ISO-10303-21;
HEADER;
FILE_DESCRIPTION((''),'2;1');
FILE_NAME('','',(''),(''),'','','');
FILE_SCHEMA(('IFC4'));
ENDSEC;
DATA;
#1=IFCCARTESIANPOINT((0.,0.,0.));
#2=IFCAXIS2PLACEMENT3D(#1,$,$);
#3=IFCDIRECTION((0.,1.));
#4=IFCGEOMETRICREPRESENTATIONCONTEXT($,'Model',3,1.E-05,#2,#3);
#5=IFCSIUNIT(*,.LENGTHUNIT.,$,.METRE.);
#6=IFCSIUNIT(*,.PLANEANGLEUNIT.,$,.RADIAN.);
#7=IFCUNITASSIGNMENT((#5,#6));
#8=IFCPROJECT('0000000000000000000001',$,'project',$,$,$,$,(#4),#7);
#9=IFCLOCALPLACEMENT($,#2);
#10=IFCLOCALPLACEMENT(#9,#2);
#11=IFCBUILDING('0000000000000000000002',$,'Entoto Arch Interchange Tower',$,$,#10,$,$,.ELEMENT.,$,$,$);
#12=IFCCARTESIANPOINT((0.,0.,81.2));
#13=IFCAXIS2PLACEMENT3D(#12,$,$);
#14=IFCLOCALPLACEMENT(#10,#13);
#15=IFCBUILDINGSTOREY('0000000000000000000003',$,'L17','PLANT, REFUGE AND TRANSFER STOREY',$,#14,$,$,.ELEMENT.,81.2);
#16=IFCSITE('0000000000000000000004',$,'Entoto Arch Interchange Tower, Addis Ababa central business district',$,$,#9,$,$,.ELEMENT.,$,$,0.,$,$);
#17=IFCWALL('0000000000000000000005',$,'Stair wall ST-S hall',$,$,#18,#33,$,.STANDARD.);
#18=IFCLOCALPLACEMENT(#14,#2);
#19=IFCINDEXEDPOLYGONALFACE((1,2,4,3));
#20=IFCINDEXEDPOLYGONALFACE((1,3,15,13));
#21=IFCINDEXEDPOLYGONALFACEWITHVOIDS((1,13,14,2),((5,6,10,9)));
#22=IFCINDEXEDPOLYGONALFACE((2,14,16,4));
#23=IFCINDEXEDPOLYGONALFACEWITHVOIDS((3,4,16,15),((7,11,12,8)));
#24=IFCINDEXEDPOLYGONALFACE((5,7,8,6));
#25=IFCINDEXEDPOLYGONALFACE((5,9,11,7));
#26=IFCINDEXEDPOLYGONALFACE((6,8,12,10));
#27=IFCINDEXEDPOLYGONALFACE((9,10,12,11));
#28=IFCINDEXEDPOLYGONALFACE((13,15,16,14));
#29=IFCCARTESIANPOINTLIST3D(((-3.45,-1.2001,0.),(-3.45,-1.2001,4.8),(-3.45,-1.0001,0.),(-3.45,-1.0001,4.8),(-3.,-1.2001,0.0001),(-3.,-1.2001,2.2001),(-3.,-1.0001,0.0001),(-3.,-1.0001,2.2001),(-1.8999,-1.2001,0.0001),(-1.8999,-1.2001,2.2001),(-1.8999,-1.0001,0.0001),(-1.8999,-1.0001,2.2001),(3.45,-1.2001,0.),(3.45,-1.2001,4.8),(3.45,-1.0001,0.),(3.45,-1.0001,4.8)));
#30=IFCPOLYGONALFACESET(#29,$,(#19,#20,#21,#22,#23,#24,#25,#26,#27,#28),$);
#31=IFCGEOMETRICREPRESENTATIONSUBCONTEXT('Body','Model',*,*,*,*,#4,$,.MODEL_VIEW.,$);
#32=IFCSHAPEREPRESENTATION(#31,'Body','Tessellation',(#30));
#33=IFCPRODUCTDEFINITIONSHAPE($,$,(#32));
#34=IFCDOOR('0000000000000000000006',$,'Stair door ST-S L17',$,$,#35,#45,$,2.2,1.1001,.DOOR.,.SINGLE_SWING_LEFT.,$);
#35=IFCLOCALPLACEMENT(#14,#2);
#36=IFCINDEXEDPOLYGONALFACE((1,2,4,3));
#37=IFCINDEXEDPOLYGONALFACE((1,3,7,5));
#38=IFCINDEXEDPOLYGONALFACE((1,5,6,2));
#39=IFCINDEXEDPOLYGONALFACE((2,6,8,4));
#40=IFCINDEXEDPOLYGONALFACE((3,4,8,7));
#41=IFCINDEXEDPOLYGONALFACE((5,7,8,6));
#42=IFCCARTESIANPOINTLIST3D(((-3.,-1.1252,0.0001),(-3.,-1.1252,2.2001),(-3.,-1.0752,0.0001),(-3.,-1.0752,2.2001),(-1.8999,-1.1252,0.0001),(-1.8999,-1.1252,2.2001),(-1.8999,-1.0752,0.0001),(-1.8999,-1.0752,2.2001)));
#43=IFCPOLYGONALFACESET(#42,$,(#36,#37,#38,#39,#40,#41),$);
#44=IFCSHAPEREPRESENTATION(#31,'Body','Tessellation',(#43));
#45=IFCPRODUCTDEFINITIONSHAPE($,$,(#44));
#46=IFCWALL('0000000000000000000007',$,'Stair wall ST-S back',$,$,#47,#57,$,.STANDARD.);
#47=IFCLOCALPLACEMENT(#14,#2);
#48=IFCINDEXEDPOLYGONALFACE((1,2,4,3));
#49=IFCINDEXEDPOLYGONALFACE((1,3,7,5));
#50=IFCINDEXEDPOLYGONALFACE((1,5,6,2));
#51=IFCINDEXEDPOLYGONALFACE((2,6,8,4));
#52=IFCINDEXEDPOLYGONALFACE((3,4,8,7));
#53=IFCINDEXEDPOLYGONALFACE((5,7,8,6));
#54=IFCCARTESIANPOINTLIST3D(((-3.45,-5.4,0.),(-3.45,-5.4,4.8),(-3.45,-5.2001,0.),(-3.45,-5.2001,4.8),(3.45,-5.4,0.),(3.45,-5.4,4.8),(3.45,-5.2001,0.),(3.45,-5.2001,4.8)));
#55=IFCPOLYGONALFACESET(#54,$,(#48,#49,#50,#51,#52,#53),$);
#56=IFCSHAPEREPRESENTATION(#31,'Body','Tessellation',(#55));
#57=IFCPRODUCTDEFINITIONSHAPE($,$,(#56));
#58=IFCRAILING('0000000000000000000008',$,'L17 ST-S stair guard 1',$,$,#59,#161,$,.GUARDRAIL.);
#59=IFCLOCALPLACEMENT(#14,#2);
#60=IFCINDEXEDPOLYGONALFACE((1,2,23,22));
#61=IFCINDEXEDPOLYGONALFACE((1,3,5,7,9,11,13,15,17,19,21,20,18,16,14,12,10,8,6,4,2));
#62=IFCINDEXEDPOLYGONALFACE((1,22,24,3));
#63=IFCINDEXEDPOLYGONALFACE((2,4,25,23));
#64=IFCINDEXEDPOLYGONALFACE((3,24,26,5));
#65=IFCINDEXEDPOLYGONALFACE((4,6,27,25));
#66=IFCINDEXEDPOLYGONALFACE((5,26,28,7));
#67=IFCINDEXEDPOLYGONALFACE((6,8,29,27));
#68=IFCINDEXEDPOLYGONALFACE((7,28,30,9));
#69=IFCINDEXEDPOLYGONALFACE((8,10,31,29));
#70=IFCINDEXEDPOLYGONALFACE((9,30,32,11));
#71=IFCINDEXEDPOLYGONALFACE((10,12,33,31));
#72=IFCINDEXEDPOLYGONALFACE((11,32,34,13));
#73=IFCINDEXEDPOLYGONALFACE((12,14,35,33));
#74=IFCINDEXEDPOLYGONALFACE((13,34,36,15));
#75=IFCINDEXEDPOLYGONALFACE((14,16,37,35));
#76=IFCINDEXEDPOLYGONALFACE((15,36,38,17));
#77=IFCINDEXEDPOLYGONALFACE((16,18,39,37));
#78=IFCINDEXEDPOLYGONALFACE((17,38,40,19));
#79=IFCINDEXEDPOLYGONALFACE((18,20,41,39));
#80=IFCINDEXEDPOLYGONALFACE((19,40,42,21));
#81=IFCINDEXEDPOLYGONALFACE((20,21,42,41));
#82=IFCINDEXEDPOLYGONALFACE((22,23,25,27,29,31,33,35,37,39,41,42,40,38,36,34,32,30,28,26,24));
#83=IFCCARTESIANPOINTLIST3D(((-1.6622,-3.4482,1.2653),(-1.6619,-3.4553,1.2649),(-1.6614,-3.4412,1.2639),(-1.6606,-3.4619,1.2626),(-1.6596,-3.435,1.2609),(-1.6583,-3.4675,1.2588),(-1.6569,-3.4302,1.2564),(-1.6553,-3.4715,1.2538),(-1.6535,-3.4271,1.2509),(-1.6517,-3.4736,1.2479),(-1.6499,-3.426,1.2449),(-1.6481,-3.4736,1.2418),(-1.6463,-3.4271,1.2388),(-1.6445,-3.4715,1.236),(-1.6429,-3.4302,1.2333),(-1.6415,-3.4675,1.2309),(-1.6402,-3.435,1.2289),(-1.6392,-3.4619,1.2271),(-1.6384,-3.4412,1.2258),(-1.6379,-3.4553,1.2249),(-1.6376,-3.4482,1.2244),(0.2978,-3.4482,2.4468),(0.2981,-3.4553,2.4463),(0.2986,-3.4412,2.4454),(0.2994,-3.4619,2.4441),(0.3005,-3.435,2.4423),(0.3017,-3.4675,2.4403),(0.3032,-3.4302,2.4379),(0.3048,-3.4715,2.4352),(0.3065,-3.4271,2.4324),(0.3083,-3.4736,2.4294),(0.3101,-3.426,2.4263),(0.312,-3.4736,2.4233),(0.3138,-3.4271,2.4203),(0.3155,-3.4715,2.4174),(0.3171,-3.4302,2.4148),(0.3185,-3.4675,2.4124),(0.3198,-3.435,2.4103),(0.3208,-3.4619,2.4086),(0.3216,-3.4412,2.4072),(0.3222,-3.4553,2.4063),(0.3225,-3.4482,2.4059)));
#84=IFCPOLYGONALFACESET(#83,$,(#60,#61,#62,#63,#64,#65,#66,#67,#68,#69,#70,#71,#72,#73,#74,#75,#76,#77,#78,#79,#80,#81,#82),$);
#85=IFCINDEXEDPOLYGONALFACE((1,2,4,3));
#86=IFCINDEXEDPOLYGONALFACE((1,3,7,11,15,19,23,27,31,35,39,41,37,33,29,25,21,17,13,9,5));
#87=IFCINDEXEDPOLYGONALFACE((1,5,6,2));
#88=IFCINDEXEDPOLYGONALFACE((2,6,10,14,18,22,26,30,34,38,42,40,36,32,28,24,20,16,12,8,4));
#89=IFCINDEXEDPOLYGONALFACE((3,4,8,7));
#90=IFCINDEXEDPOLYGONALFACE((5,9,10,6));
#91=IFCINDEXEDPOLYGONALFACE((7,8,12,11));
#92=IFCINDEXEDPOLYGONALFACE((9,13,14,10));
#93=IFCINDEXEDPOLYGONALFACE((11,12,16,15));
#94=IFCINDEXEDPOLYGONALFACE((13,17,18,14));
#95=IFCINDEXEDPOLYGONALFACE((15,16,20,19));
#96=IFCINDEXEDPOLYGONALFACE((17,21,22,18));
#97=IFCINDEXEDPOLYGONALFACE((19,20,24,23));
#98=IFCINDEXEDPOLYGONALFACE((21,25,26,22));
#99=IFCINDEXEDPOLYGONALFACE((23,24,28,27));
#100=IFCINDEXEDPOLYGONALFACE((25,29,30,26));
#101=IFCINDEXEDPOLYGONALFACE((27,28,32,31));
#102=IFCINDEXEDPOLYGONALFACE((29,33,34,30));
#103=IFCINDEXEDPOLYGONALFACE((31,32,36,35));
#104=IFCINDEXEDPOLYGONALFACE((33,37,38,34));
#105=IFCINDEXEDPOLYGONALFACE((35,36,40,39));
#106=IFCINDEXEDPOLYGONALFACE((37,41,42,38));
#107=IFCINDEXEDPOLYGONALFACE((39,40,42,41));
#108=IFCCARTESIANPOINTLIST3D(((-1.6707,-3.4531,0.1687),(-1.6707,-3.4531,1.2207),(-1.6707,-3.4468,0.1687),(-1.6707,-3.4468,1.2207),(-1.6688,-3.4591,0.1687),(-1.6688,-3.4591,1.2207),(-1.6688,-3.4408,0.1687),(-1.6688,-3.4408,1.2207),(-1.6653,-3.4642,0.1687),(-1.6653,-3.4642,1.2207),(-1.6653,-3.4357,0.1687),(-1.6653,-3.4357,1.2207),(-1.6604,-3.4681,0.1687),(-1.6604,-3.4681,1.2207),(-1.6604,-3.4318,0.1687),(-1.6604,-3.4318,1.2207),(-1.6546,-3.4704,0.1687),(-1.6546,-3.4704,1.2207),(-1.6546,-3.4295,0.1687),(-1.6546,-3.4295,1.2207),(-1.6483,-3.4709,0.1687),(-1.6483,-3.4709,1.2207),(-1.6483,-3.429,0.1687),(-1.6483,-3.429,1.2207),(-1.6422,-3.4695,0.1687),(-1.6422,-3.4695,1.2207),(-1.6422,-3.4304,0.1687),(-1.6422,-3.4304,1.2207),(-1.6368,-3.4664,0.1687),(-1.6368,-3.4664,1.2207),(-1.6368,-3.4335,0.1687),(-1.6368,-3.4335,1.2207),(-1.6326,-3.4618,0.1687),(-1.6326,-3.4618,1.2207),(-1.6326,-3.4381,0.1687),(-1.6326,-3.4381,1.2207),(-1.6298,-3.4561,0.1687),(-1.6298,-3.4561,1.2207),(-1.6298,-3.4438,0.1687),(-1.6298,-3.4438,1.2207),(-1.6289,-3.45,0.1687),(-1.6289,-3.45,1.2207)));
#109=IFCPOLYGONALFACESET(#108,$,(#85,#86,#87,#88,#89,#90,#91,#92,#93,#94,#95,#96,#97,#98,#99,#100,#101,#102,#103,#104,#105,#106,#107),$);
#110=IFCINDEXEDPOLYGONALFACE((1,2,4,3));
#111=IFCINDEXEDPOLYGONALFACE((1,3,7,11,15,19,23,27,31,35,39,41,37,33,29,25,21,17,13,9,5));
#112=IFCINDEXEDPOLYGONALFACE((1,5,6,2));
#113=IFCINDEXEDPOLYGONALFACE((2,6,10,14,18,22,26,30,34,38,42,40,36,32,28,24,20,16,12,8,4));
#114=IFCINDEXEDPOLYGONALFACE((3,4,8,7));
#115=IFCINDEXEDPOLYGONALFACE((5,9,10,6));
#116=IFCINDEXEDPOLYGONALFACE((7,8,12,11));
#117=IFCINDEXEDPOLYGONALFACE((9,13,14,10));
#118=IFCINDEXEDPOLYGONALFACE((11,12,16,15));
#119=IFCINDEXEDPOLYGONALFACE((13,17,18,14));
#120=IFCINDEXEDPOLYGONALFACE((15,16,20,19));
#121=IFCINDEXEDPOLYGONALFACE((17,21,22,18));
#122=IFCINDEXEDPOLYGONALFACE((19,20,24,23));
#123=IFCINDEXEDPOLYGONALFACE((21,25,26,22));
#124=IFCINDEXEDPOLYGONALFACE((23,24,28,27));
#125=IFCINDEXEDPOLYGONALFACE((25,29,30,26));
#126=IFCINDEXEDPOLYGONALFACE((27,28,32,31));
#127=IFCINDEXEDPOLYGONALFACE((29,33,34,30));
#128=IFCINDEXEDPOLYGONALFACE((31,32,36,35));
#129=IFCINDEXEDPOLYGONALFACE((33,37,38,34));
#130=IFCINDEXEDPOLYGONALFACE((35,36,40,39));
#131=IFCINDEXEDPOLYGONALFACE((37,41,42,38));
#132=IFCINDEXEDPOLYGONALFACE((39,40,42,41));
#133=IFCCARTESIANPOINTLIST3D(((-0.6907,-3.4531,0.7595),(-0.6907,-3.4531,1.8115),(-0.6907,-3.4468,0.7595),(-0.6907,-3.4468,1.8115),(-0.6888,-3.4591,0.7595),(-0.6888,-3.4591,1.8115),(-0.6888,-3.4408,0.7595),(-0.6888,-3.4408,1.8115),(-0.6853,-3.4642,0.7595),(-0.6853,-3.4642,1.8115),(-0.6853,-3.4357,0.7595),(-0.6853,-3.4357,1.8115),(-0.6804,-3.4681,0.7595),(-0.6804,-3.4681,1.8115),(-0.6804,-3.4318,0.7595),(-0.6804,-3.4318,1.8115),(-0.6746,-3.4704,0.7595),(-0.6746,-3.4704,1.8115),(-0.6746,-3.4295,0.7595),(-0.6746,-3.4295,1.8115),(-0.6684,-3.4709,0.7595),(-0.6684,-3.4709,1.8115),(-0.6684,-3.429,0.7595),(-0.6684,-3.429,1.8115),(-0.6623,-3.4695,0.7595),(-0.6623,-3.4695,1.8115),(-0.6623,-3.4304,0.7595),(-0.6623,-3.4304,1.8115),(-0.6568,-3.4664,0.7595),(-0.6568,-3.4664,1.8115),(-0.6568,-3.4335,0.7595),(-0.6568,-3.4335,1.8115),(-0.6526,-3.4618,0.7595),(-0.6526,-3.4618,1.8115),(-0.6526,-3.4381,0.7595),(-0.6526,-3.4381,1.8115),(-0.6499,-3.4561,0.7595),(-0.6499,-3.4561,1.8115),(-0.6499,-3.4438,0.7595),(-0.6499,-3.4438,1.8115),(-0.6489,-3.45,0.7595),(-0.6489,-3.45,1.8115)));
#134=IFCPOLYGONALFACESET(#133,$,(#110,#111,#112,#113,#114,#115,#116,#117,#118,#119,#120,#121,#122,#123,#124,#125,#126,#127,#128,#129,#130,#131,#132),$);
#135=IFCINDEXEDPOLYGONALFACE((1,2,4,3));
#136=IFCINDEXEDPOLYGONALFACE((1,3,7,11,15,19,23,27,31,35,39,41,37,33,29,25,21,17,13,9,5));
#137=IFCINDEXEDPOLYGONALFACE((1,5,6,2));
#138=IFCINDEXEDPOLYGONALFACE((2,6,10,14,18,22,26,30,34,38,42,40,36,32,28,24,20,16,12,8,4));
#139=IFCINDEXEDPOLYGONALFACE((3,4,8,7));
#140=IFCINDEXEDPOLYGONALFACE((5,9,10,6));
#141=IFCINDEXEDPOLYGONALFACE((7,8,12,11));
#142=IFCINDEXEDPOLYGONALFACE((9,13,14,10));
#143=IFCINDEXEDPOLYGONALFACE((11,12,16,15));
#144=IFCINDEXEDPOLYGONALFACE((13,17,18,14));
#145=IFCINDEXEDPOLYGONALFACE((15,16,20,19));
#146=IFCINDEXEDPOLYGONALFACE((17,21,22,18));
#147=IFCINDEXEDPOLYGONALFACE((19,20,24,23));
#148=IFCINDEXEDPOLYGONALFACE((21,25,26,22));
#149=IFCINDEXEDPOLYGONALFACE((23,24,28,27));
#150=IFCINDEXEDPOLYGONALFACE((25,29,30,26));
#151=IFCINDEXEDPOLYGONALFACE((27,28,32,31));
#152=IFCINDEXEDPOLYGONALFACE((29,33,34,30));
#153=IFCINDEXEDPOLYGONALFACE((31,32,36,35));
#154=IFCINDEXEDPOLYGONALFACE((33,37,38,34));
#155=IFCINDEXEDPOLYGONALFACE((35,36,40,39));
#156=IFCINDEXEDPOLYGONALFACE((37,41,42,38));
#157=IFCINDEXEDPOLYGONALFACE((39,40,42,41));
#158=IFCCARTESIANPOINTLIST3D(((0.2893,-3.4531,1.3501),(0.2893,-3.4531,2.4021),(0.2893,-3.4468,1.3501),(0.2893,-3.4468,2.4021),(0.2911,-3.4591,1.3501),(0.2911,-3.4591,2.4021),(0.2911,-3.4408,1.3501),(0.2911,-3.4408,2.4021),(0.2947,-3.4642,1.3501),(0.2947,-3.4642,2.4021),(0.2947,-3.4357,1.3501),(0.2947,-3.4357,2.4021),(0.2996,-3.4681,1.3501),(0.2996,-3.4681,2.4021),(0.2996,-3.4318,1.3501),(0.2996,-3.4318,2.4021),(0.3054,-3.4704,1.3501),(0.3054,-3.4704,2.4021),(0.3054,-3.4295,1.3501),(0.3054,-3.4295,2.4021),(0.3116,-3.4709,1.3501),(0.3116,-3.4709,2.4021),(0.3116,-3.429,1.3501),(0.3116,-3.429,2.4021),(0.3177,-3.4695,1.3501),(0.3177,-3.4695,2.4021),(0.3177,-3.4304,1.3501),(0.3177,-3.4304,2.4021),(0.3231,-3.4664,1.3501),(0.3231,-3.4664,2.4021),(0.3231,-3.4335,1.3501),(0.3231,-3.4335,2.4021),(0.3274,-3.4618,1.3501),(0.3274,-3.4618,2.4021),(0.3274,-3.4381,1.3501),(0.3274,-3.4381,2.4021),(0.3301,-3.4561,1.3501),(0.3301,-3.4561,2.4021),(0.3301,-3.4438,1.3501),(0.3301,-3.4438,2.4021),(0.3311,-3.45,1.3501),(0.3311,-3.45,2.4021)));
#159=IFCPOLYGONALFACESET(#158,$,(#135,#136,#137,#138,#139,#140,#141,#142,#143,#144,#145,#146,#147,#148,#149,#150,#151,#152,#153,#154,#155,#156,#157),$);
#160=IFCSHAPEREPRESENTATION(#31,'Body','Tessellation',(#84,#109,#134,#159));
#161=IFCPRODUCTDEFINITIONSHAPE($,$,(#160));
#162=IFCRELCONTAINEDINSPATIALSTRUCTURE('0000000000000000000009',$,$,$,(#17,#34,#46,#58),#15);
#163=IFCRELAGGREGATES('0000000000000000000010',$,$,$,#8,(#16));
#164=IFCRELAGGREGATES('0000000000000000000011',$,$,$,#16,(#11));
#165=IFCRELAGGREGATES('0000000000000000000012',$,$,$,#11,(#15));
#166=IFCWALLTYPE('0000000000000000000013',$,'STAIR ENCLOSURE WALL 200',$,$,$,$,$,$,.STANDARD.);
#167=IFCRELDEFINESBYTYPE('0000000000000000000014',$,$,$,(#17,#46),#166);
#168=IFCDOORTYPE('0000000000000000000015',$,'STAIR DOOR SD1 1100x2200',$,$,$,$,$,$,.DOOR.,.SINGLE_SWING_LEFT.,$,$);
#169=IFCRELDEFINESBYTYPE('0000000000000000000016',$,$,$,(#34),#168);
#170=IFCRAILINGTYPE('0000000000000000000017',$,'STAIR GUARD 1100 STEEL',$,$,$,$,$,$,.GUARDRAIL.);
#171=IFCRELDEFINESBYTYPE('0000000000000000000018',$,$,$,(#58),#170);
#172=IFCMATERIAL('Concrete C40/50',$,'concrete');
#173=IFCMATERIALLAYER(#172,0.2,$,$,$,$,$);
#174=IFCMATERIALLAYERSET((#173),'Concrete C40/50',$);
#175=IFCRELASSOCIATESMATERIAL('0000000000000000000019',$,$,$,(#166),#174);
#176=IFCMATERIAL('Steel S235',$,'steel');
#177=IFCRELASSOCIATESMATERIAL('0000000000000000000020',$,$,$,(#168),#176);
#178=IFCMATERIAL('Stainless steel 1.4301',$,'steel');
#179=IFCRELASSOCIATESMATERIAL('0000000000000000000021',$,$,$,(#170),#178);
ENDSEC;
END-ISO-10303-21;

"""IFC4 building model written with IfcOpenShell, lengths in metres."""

from ifc_helpers import new_model, si_unit, direction, frame, frame_2d, origin, origin_2d, place, context, subcontext, project, spatial, rectangle, circle, extrude, material, layer, layer_set, type_object, element, fill, save


model = new_model("IFC4")

# Units and contexts
model_context = context("Model", 3, precision=1e-05, world=origin(), true_north=direction((0.0, 1.0)))
body_context = subcontext(model_context, "Body", "Model", "MODEL_VIEW")
ifc_project = project(units=[si_unit("LENGTHUNIT", "METRE"), si_unit("PLANEANGLEUNIT", "RADIAN")], contexts=[model_context])

# Site, building, storey
site_placement = place(None, origin())
site = spatial("IfcSite", under=ifc_project, at=site_placement, Name="Entoto Arch Interchange Tower, Addis Ababa central business district", CompositionType="ELEMENT", RefElevation=0.0)
building_placement = place(site_placement, origin())
building = spatial("IfcBuilding", under=site, at=building_placement, Name="Entoto Arch Interchange Tower", CompositionType="ELEMENT")
storey_placement = place(building_placement, frame((0.0, 0.0, 81.2)))
storey = spatial("IfcBuildingStorey", under=building, at=storey_placement, Name="L17", Description="PLANT, REFUGE AND TRANSFER STOREY", CompositionType="ELEMENT", Elevation=81.2)

# Shared definitions
ifc_material_1 = material(Name="Concrete C40/50", Category="concrete")

# Wall, opening, door
ifc_layer_1 = layer(ifc_material_1, 0.2)
ifc_layer_set_1 = layer_set([ifc_layer_1], Name="Concrete C40/50")
wall_type_1 = type_object("IfcWallType", Name="STAIR ENCLOSURE WALL 200", PredefinedType="STANDARD", material=ifc_layer_set_1)
wall_1_placement = place(storey_placement, frame((-3.45, -1.1001, 0.0), z_axis=(0.0, 0.0, 1.0), x_axis=(1.0, 0.0, 0.0)))
wall_1 = element("IfcWall", 1, at=wall_1_placement, inside=storey, type_object=wall_type_1, Name="Stair wall ST-S hall", PredefinedType="STANDARD", context=body_context, shape_type="SweptSolid", body=[
    extrude(rectangle(XDim=6.8999, YDim=0.2, at=frame_2d((3.45, 0.0))), origin(), (0.0, 0.0, 1.0), 4.8),
])
opening_1_placement = place(wall_1_placement, frame((0.45, 0.0, 0.0)))
opening_1 = element("IfcOpeningElement", 2, at=opening_1_placement, cuts=wall_1, PredefinedType="OPENING", context=body_context, shape_type="SweptSolid", body=[
    extrude(rectangle(XDim=1.1001, YDim=2.2, at=frame_2d((0.55, 1.1001))), frame((0.0, 0.1099, 0.0), z_axis=(0.0, -1.0, 0.0), x_axis=(1.0, 0.0, 0.0)), (0.0, 0.0, 1.0), 0.22),
])
ifc_material_2 = material(Name="Steel S235", Category="steel")
door_type_1 = type_object("IfcDoorType", Name="STAIR DOOR SD1 1100x2200", OperationType="SINGLE_SWING_LEFT", PredefinedType="DOOR", material=ifc_material_2)
door_1_placement = place(opening_1_placement, origin())
door_1 = element("IfcDoor", 3, at=door_1_placement, inside=storey, type_object=door_type_1, Name="Stair door ST-S L17", OperationType="SINGLE_SWING_LEFT", OverallHeight=2.2, OverallWidth=1.1001, PredefinedType="DOOR", context=body_context, shape_type="SweptSolid", body=[
    extrude(rectangle(XDim=1.1001, YDim=2.2, at=frame_2d((0.55, 1.1001))), frame((0.0, 0.0249, 0.0), z_axis=(0.0, -1.0, 0.0), x_axis=(1.0, 0.0, 0.0)), (0.0, 0.0, 1.0), 0.05),
])
fill(opening_1, door_1)

# Wall
wall_2_placement = place(storey_placement, frame((-3.45, -5.3, 0.0), z_axis=(0.0, 0.0, 1.0), x_axis=(1.0, 0.0, 0.0)))
element("IfcWall", 4, at=wall_2_placement, inside=storey, type_object=wall_type_1, Name="Stair wall ST-S back", PredefinedType="STANDARD", context=body_context, shape_type="SweptSolid", body=[
    extrude(rectangle(XDim=6.8999, YDim=0.2, at=frame_2d((3.45, 0.0))), origin(), (0.0, 0.0, 1.0), 4.8),
])

# Railing
ifc_material_3 = material(Name="Stainless steel 1.4301", Category="steel")
railing_type_1 = type_object("IfcRailingType", Name="STAIR GUARD 1100 STEEL", PredefinedType="GUARDRAIL", material=ifc_material_3)
railing_1_placement = place(storey_placement, frame((-1.6499, -3.45, 0.1687)))
element("IfcRailing", 5, at=railing_1_placement, inside=storey, type_object=railing_type_1, Name="L17 ST-S stair guard 1", PredefinedType="GUARDRAIL", context=body_context, shape_type="SweptSolid", body=[
    extrude(circle(Radius=0.0239, at=origin_2d()), frame((0.0, 0.0, 1.0762), z_axis=(0.856446, 0.0, 0.516236), x_axis=(0.0, 1.0, 0.0)), (0.0, 0.0, 1.0), 2.2886),
    extrude(circle(Radius=0.021, at=origin_2d()), origin(), (0.0, 0.0, 1.0), 1.052),
    extrude(circle(Radius=0.021, at=origin_2d()), frame((0.98, 0.0, 0.5908)), (0.0, 0.0, 1.0), 1.052),
    extrude(circle(Radius=0.021, at=origin_2d()), frame((1.96, 0.0, 1.1814)), (0.0, 0.0, 1.0), 1.052),
])

save(model, "model.ifc")
